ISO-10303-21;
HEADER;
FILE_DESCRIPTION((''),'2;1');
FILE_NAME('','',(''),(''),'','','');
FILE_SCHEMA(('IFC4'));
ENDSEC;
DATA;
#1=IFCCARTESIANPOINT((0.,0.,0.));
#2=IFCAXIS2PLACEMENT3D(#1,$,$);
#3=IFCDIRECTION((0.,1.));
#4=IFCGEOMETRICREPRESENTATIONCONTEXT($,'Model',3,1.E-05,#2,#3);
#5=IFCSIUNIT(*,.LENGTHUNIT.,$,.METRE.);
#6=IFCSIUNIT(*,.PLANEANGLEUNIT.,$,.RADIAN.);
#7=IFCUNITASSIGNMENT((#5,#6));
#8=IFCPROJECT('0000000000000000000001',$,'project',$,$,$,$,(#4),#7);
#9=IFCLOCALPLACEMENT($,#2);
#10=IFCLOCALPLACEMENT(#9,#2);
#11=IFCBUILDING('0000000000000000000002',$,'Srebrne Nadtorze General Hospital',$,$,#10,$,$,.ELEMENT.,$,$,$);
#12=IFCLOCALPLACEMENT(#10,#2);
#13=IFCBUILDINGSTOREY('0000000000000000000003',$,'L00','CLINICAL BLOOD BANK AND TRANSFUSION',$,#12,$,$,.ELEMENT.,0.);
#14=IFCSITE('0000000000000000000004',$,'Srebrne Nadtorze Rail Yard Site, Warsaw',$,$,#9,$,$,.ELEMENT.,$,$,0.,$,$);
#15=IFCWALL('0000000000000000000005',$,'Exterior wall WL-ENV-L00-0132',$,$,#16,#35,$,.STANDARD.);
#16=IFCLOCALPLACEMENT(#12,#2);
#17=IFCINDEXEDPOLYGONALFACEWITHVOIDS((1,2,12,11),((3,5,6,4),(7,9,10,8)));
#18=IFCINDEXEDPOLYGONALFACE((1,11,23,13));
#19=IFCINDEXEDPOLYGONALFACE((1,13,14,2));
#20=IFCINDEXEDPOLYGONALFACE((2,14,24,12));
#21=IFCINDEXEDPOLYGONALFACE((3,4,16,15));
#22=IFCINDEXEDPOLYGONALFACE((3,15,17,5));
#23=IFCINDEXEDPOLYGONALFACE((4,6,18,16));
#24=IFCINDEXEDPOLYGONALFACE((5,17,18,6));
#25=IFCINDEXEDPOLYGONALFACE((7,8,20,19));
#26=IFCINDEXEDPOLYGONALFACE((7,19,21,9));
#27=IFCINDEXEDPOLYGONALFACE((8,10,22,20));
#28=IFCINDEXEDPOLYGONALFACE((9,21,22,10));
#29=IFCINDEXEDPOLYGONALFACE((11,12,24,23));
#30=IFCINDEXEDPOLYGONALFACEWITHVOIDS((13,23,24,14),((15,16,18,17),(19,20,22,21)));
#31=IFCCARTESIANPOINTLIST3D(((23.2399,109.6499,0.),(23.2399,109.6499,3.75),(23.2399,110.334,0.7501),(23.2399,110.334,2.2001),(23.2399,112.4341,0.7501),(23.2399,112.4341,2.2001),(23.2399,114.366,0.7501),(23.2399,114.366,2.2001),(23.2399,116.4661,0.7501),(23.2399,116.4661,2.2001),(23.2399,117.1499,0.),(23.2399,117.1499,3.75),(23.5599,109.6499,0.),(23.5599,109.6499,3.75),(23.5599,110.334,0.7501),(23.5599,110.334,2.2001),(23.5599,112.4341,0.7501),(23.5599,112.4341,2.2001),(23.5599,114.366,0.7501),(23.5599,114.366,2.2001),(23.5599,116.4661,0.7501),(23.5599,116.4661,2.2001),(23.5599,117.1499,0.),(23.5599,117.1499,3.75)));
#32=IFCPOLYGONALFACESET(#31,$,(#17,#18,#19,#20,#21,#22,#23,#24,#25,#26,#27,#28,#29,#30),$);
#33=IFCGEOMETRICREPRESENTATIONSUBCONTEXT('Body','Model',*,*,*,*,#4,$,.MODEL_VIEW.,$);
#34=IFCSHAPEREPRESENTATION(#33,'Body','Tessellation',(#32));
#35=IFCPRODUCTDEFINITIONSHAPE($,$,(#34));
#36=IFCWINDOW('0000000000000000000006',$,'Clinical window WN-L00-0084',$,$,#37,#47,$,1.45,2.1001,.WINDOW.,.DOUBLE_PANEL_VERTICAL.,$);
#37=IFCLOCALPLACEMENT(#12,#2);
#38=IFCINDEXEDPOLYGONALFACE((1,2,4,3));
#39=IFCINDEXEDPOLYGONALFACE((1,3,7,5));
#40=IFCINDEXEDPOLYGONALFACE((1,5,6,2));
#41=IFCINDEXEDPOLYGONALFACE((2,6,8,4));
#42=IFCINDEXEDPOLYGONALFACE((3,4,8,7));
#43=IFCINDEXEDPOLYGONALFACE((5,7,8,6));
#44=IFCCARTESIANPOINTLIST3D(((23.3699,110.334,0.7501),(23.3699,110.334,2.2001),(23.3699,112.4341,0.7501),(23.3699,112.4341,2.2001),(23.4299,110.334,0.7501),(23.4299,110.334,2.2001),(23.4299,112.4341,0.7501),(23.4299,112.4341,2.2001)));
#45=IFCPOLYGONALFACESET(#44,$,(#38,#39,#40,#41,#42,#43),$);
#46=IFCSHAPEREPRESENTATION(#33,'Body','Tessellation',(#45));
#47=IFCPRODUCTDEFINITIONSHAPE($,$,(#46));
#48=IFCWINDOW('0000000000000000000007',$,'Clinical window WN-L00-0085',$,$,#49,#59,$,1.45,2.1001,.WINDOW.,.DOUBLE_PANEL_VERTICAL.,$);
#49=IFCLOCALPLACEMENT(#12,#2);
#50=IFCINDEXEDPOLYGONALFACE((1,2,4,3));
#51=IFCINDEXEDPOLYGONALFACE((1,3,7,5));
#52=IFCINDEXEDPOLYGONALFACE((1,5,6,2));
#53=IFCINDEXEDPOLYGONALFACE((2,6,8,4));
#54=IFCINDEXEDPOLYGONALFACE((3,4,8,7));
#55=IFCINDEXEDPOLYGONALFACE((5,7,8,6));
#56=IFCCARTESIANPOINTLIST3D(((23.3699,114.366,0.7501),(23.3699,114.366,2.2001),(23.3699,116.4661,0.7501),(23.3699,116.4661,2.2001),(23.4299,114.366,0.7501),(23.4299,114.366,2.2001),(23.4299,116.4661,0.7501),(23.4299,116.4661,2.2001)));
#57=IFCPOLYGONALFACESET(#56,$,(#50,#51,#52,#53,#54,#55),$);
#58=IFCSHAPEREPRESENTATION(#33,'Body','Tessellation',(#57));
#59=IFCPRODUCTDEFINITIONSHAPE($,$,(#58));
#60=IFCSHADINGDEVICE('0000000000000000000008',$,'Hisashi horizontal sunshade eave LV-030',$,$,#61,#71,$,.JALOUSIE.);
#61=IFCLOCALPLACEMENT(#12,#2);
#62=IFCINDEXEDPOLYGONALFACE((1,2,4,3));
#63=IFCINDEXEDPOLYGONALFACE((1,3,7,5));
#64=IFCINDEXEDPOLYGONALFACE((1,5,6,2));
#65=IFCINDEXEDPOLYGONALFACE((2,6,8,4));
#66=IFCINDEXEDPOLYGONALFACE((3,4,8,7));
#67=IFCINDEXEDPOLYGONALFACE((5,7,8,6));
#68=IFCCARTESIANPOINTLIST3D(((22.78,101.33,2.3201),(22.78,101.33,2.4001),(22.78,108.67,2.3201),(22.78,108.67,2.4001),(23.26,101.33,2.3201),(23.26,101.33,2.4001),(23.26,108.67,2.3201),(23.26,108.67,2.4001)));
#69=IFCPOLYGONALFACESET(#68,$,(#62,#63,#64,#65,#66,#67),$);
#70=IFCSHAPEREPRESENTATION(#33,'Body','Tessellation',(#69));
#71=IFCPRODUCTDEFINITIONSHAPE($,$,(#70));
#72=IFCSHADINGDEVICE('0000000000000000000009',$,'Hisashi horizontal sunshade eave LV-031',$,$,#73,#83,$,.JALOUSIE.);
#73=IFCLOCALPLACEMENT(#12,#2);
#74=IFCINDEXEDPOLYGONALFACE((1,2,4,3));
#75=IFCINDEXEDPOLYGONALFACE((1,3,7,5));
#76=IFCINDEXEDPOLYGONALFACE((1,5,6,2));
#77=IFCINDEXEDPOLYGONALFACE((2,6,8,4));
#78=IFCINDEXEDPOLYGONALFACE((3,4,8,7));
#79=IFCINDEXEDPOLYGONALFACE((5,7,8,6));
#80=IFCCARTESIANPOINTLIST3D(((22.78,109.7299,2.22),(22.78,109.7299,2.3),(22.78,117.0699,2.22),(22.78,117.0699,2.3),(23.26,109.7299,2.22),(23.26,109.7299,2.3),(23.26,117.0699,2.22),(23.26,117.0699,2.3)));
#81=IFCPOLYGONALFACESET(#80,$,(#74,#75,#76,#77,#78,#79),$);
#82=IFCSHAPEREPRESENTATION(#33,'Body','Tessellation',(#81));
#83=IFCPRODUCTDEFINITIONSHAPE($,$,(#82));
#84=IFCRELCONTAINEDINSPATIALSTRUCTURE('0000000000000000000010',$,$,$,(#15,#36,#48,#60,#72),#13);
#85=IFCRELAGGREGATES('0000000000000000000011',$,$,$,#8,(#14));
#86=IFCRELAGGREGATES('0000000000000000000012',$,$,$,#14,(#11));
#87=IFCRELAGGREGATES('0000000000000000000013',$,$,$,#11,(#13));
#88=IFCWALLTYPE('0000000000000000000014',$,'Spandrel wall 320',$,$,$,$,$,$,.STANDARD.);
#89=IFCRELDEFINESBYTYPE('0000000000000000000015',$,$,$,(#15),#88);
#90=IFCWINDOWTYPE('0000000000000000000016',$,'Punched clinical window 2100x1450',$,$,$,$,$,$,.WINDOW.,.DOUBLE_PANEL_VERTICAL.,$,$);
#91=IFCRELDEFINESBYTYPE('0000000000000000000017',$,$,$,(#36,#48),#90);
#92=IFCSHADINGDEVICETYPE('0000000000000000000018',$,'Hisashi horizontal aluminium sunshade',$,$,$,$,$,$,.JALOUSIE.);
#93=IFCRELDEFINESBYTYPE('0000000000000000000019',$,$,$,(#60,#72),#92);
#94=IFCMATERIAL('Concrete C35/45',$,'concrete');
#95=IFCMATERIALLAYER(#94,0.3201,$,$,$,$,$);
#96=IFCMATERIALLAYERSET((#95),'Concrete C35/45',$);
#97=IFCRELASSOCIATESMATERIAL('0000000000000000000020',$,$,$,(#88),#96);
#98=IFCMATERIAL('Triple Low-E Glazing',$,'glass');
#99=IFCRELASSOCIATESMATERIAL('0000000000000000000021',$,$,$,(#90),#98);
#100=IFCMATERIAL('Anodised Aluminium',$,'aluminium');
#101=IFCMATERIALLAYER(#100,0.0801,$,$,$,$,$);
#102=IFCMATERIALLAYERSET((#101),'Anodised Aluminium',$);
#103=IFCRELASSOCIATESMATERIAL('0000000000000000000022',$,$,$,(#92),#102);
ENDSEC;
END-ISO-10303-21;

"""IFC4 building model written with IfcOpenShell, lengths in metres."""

from ifc_helpers import new_model, si_unit, direction, frame, frame_2d, origin, origin_2d, place, context, subcontext, project, spatial, rectangle, extrude, material, layer, layer_set, type_object, element, fill, save


model = new_model("IFC4")

# Units and contexts
model_context = context("Model", 3, precision=1e-05, world=origin(), true_north=direction((0.0, 1.0)))
body_context = subcontext(model_context, "Body", "Model", "MODEL_VIEW")
ifc_project = project(units=[si_unit("LENGTHUNIT", "METRE"), si_unit("PLANEANGLEUNIT", "RADIAN")], contexts=[model_context])

# Site, building, storey
site_placement = place(None, origin())
site = spatial("IfcSite", under=ifc_project, at=site_placement, Name="Srebrne Nadtorze Rail Yard Site, Warsaw", CompositionType="ELEMENT", RefElevation=0.0)
building_placement = place(site_placement, origin())
building = spatial("IfcBuilding", under=site, at=building_placement, Name="Srebrne Nadtorze General Hospital", CompositionType="ELEMENT")
storey_placement = place(building_placement, origin())
storey = spatial("IfcBuildingStorey", under=building, at=storey_placement, Name="L00", Description="CLINICAL BLOOD BANK AND TRANSFUSION", CompositionType="ELEMENT", Elevation=0.0)

# Shared definitions
ifc_material_1 = material(Name="Concrete C35/45", Category="concrete")
ifc_layer_1 = layer(ifc_material_1, 0.3201)
ifc_layer_set_1 = layer_set([ifc_layer_1], Name="Concrete C35/45")
wall_type_1 = type_object("IfcWallType", Name="Spandrel wall 320", PredefinedType="STANDARD", material=ifc_layer_set_1)

# Wall, openings, windows
wall_1_placement = place(storey_placement, frame((23.3999, 109.6499, 0.0), z_axis=(0.0, 0.0, 1.0), x_axis=(0.0, 1.0, 0.0)))
wall_1 = element("IfcWall", 1, at=wall_1_placement, inside=storey, type_object=wall_type_1, Name="Exterior wall WL-ENV-L00-0132", PredefinedType="STANDARD", context=body_context, shape_type="SweptSolid", body=[
    extrude(rectangle(XDim=7.5, YDim=0.3201, at=frame_2d((3.75, 0.0))), origin(), (0.0, 0.0, 1.0), 3.75),
])
opening_1_placement = place(wall_1_placement, frame((0.6841, 0.0, 0.75)))
opening_1 = element("IfcOpeningElement", 2, at=opening_1_placement, cuts=wall_1, PredefinedType="OPENING", context=body_context, shape_type="SweptSolid", body=[
    extrude(rectangle(XDim=2.1001, YDim=1.45, at=frame_2d((1.05, 0.7251))), frame((0.0, 0.1719, 0.0), z_axis=(0.0, -1.0, 0.0), x_axis=(1.0, 0.0, 0.0)), (0.0, 0.0, 1.0), 0.344),
])
opening_2_placement = place(wall_1_placement, frame((4.7161, 0.0, 0.75)))
opening_2 = element("IfcOpeningElement", 3, at=opening_2_placement, cuts=wall_1, PredefinedType="OPENING", context=body_context, shape_type="SweptSolid", body=[
    extrude(rectangle(XDim=2.1001, YDim=1.45, at=frame_2d((1.05, 0.7251))), frame((0.0, 0.1719, 0.0), z_axis=(0.0, -1.0, 0.0), x_axis=(1.0, 0.0, 0.0)), (0.0, 0.0, 1.0), 0.344),
])
ifc_material_2 = material(Name="Triple Low-E Glazing", Category="glass")
window_type_1 = type_object("IfcWindowType", Name="Punched clinical window 2100x1450", PartitioningType="DOUBLE_PANEL_VERTICAL", PredefinedType="WINDOW", material=ifc_material_2)
window_1_placement = place(opening_1_placement, origin())
window_1 = element("IfcWindow", 4, at=window_1_placement, inside=storey, type_object=window_type_1, Name="Clinical window WN-L00-0084", OverallHeight=1.45, OverallWidth=2.1001, PartitioningType="DOUBLE_PANEL_VERTICAL", PredefinedType="WINDOW", context=body_context, shape_type="SweptSolid", body=[
    extrude(rectangle(XDim=2.1001, YDim=1.45, at=frame_2d((1.05, 0.7251))), frame((0.0, 0.03, 0.0), z_axis=(0.0, -1.0, 0.0), x_axis=(1.0, 0.0, 0.0)), (0.0, 0.0, 1.0), 0.0601),
])
fill(opening_1, window_1)
window_2_placement = place(opening_2_placement, origin())
window_2 = element("IfcWindow", 5, at=window_2_placement, inside=storey, type_object=window_type_1, Name="Clinical window WN-L00-0085", OverallHeight=1.45, OverallWidth=2.1001, PartitioningType="DOUBLE_PANEL_VERTICAL", PredefinedType="WINDOW", context=body_context, shape_type="SweptSolid", body=[
    extrude(rectangle(XDim=2.1001, YDim=1.45, at=frame_2d((1.05, 0.7251))), frame((0.0, 0.03, 0.0), z_axis=(0.0, -1.0, 0.0), x_axis=(1.0, 0.0, 0.0)), (0.0, 0.0, 1.0), 0.0601),
])
fill(opening_2, window_2)

# Shading devices
ifc_material_3 = material(Name="Anodised Aluminium", Category="aluminium")
ifc_layer_2 = layer(ifc_material_3, 0.0801)
ifc_layer_set_2 = layer_set([ifc_layer_2], Name="Anodised Aluminium")
shading_device_type = type_object("IfcShadingDeviceType", Name="Hisashi horizontal aluminium sunshade", PredefinedType="JALOUSIE", material=ifc_layer_set_2)
for number, where, z_axis, x_axis, name in (
    (6, (23.02, 105.0, 2.3201), (0.0, 0.0, 1.0), (1.0, 0.0, 0.0), "Hisashi horizontal sunshade eave LV-030"),
    (7, (23.02, 113.3999, 2.22), (0.0, 0.0, 1.0), (1.0, 0.0, 0.0), "Hisashi horizontal sunshade eave LV-031"),
):
    element("IfcShadingDevice", number, at=place(storey_placement, frame(where, z_axis=z_axis, x_axis=x_axis)), inside=storey, type_object=shading_device_type, Name=name, PredefinedType="JALOUSIE", context=body_context, shape_type="SweptSolid", body=[
        extrude(rectangle(XDim=0.48, YDim=7.3401, at=origin_2d()), origin(), (0.0, 0.0, 1.0), 0.0801),
    ])

save(model, "model.ifc")
